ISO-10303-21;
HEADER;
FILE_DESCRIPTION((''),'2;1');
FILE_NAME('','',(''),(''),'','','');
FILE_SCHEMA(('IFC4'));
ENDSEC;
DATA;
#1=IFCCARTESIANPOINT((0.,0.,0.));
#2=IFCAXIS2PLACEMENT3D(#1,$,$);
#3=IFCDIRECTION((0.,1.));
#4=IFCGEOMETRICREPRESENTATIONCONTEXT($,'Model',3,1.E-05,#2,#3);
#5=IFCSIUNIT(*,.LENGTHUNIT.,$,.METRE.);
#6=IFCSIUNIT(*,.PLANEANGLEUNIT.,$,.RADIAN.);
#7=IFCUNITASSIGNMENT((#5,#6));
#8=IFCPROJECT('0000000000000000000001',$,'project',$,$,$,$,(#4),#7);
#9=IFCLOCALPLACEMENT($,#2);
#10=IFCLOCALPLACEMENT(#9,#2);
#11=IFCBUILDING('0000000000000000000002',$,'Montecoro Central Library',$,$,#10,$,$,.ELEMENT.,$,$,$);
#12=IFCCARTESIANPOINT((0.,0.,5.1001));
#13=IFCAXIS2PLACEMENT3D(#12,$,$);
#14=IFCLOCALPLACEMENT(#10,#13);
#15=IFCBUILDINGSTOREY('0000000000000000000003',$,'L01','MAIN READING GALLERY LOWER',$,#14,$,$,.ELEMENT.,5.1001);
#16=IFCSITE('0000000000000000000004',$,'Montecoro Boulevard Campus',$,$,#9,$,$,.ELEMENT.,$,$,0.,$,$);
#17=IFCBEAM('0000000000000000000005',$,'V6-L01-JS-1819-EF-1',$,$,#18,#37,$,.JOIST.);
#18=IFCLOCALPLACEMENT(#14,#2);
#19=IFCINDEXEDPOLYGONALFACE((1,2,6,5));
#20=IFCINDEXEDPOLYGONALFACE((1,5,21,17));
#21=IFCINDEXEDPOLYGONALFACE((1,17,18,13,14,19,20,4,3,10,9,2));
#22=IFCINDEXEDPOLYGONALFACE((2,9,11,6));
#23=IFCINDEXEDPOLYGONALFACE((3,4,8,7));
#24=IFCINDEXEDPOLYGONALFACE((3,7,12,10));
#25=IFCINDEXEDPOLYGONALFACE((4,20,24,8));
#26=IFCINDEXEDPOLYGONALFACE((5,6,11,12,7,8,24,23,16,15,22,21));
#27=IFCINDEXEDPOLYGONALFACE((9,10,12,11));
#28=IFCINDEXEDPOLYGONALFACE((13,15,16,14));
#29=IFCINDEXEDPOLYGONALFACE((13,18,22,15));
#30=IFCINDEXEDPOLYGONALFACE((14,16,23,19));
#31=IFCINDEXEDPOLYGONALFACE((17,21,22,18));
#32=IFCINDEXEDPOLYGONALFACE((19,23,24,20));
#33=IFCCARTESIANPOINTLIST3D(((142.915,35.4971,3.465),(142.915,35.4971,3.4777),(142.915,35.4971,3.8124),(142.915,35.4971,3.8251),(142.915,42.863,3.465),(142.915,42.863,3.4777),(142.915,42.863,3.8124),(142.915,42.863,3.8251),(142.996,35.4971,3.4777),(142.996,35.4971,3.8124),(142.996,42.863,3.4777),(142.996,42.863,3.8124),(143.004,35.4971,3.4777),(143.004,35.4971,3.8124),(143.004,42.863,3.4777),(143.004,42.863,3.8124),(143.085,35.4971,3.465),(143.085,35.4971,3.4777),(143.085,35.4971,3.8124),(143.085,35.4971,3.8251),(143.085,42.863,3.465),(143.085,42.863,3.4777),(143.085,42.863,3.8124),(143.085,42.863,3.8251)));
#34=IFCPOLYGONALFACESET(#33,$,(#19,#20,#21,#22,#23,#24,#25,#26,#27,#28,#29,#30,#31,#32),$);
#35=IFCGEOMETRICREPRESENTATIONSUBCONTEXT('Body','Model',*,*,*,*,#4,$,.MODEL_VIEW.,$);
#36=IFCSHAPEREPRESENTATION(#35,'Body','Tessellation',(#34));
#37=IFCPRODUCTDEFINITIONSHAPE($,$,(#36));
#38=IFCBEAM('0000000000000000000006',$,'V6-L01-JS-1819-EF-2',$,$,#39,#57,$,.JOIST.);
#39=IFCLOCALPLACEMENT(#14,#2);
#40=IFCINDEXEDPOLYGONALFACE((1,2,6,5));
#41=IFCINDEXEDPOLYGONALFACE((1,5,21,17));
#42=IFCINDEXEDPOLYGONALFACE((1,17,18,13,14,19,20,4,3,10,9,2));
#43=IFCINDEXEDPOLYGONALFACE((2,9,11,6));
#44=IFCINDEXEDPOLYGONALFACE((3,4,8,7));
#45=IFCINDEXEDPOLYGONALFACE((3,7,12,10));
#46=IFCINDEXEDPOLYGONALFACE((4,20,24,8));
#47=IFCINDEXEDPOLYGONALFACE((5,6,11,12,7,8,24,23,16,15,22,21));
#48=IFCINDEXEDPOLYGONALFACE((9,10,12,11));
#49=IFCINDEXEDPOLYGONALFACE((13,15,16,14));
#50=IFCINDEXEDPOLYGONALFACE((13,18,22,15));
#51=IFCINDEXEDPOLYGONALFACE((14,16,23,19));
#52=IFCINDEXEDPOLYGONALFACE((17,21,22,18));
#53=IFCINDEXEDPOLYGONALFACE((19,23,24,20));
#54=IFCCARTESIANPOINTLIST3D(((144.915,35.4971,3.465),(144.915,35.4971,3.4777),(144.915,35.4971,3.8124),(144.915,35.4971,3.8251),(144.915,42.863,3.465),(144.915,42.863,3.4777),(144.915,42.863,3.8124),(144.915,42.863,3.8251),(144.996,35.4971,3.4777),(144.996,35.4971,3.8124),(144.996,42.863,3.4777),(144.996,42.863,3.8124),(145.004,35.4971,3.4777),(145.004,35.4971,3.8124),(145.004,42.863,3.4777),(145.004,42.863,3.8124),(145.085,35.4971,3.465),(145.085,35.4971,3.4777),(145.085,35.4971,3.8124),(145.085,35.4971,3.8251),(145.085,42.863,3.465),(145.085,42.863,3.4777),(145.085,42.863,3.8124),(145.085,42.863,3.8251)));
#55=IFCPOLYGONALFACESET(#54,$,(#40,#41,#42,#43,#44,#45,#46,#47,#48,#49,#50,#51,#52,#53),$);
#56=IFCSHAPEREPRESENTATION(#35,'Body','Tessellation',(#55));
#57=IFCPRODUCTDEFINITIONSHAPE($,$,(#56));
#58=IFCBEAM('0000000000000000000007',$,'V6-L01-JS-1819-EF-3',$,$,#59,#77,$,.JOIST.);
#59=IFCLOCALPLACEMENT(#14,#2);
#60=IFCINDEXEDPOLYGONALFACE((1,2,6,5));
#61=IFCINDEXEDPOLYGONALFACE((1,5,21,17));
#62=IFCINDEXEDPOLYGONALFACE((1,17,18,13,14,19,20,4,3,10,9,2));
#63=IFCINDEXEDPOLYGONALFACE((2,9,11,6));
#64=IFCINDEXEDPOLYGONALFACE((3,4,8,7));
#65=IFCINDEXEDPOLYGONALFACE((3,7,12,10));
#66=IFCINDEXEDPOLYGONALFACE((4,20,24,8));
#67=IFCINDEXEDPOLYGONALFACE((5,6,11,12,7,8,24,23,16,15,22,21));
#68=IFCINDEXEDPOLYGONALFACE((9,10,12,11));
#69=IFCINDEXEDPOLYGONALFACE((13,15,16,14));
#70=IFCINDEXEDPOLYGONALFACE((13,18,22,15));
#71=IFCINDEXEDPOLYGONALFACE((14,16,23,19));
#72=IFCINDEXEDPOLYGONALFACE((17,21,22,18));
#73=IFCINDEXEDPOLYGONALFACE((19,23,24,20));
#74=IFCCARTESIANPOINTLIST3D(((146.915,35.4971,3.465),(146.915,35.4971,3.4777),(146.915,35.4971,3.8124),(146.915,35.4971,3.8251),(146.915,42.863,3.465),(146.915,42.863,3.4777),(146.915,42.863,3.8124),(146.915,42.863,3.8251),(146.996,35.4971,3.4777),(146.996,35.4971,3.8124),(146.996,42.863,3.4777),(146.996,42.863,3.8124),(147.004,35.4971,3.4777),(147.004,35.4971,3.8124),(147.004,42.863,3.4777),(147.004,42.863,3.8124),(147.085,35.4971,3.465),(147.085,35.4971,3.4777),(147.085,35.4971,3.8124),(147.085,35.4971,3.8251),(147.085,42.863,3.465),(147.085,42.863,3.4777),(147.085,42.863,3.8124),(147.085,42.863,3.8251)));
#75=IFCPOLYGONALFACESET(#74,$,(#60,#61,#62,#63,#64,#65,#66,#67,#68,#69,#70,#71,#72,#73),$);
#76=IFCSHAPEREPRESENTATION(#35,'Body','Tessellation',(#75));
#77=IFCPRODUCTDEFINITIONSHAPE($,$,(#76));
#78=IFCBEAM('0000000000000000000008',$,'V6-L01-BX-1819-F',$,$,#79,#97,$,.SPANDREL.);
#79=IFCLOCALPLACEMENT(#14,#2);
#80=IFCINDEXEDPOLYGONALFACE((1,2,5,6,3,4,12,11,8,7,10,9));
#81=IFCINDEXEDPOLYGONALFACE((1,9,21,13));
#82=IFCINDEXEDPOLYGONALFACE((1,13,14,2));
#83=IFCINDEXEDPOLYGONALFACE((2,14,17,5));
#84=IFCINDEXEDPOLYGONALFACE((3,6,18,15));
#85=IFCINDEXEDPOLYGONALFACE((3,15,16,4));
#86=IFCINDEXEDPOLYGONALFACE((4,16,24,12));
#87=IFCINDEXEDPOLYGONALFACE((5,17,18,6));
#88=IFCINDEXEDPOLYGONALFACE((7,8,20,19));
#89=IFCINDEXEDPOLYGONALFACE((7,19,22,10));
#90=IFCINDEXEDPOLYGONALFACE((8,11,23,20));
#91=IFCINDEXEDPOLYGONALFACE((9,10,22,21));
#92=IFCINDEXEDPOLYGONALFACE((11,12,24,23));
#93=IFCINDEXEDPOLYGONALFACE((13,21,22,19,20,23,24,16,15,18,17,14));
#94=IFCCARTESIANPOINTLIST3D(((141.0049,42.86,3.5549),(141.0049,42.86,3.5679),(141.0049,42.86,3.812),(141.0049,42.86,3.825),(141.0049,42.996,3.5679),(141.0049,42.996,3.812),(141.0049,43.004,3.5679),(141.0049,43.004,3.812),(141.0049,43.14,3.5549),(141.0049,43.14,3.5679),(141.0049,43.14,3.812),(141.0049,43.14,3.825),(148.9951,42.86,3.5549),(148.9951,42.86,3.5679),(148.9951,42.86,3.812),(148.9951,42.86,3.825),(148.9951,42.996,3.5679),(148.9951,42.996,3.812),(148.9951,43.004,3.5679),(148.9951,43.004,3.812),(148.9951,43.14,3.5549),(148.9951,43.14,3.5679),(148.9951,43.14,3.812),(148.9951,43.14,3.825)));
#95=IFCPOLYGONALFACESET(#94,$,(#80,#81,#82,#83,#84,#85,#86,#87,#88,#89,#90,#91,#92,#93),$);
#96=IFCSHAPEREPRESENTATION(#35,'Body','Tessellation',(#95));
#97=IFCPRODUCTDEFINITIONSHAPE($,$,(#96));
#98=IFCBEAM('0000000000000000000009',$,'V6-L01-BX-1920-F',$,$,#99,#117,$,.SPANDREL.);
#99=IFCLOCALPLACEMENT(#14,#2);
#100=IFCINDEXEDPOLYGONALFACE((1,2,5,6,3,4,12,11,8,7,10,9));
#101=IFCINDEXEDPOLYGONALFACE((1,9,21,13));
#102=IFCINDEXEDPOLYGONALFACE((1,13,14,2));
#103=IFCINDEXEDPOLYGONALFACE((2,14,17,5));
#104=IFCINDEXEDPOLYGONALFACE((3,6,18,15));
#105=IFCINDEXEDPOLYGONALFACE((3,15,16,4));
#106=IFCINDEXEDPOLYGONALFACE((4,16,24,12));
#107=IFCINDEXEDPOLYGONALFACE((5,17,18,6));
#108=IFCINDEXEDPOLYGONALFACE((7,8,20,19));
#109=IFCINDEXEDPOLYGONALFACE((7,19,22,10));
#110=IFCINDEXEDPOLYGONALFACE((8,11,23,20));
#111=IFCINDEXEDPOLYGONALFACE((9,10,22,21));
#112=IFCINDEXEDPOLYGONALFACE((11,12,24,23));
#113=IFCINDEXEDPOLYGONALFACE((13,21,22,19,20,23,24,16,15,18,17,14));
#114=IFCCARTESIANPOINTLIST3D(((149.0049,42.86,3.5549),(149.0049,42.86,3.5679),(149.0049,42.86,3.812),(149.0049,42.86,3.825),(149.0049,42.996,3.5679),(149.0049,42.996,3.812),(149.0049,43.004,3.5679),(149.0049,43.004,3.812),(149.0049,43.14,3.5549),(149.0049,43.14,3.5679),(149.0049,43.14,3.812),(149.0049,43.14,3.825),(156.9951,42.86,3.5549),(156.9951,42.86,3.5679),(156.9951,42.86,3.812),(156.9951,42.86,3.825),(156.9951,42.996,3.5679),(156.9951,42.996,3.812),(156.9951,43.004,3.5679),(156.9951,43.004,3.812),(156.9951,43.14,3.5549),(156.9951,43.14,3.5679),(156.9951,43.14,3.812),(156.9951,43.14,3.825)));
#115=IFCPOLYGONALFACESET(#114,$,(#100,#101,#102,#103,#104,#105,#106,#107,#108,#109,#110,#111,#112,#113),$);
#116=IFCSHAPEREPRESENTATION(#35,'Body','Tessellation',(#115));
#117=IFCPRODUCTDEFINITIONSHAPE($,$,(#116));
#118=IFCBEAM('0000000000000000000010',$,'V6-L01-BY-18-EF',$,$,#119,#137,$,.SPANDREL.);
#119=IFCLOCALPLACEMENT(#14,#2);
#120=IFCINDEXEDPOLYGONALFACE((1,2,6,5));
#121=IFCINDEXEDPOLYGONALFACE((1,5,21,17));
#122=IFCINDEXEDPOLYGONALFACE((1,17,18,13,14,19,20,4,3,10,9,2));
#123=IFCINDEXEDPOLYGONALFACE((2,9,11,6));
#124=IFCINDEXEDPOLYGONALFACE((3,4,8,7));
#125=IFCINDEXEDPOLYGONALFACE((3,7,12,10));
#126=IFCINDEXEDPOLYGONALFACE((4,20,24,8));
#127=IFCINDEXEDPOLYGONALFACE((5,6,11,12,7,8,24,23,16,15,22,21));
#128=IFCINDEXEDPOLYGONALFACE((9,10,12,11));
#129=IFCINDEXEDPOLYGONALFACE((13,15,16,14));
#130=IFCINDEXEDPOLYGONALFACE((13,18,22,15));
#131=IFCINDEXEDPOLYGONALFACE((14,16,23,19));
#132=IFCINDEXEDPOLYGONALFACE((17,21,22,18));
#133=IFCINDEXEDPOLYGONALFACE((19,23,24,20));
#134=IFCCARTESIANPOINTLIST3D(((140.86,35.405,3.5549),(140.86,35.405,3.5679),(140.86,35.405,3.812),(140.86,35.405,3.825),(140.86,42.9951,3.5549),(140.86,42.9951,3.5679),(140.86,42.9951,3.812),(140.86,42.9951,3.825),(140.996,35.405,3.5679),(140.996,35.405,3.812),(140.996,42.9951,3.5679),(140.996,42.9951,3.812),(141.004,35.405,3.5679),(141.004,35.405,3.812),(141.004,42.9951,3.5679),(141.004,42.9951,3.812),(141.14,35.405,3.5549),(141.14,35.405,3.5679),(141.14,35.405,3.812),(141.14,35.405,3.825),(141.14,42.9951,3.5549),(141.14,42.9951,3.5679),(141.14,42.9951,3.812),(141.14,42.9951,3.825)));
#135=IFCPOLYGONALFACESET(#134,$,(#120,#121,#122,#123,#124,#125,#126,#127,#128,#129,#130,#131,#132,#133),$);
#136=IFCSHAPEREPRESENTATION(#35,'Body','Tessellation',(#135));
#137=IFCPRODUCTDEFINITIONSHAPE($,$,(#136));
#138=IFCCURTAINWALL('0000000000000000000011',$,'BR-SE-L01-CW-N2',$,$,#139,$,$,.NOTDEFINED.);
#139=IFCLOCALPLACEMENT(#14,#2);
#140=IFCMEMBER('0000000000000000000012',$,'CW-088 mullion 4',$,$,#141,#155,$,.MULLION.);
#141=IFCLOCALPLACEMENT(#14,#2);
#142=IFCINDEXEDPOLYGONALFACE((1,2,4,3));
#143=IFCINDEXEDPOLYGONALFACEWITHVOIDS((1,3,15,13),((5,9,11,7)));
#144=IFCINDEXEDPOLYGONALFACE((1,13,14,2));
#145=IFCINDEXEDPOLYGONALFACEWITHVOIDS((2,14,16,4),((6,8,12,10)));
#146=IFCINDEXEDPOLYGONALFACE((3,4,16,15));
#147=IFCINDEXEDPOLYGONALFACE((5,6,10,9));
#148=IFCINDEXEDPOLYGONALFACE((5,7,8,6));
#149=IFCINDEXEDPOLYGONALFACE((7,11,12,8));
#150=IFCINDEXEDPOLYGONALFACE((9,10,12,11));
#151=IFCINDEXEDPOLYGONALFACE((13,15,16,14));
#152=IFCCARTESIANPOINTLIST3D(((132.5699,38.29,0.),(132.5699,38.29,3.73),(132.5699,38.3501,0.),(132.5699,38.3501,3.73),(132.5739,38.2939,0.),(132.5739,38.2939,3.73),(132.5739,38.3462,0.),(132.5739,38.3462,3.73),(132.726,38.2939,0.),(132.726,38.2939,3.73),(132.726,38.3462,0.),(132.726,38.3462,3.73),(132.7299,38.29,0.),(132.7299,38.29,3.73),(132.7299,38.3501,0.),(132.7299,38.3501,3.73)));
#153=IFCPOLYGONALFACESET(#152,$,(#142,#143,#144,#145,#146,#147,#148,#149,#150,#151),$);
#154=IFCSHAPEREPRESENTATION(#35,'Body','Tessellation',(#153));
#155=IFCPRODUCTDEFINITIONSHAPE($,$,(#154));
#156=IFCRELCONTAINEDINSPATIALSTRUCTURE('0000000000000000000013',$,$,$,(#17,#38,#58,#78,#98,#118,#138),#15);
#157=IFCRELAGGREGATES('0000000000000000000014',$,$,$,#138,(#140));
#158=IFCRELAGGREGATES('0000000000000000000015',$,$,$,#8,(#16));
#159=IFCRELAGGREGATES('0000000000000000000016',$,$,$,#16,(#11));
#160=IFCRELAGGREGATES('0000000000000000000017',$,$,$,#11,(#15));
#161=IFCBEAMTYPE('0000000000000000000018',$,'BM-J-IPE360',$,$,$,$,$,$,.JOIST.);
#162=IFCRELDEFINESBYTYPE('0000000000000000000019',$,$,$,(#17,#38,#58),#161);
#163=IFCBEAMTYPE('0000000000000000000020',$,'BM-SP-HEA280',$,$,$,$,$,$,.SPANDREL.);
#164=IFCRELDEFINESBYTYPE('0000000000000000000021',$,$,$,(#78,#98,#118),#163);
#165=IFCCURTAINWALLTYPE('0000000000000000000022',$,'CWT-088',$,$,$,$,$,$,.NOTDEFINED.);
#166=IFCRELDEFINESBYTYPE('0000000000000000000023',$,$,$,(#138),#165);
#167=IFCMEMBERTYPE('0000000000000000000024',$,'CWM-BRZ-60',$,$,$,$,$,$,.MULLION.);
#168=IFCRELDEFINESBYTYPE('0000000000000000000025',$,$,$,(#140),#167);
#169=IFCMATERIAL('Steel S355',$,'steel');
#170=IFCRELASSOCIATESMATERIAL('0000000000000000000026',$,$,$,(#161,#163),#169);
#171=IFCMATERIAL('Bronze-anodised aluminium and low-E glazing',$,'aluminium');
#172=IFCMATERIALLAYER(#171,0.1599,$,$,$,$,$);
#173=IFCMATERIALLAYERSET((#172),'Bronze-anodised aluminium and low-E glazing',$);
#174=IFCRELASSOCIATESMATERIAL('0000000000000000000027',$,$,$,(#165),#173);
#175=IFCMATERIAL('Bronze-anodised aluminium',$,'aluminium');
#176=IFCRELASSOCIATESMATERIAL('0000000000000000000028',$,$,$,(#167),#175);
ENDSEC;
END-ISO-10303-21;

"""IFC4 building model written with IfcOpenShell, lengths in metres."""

from ifc_helpers import new_model, si_unit, direction, frame, origin, origin_2d, place, context, subcontext, project, spatial, hollow_rectangle, i_section, extrude, material, layer, layer_set, material_profile, profile_set, type_object, element, aggregate, save


model = new_model("IFC4")

# Units and contexts
model_context = context("Model", 3, precision=1e-05, world=origin(), true_north=direction((0.0, 1.0)))
body_context = subcontext(model_context, "Body", "Model", "MODEL_VIEW")
ifc_project = project(units=[si_unit("LENGTHUNIT", "METRE"), si_unit("PLANEANGLEUNIT", "RADIAN")], contexts=[model_context])

# Site, building, storey
site_placement = place(None, origin())
site = spatial("IfcSite", under=ifc_project, at=site_placement, Name="Montecoro Boulevard Campus", CompositionType="ELEMENT", RefElevation=0.0)
building_placement = place(site_placement, origin())
building = spatial("IfcBuilding", under=site, at=building_placement, Name="Montecoro Central Library", CompositionType="ELEMENT")
storey_placement = place(building_placement, frame((0.0, 0.0, 5.1001)))
storey = spatial("IfcBuildingStorey", under=building, at=storey_placement, Name="L01", Description="MAIN READING GALLERY LOWER", CompositionType="ELEMENT", Elevation=5.1001)

# Shared definitions
ifc_material_1 = material(Name="Steel S355", Category="steel")

# Beams
ifc_material_profile_1 = material_profile(ifc_material_1, i_section(OverallWidth=0.1699, OverallDepth=0.3601, WebThickness=0.0081, FlangeThickness=0.0127, at=origin_2d()), Name="IPE 360")
ifc_profile_set_1 = profile_set([ifc_material_profile_1], Name="Steel S355")
beam_type_1 = type_object("IfcBeamType", Name="BM-J-IPE360", PredefinedType="JOIST", material=ifc_profile_set_1)
for number, where, z_axis, x_axis, name in (
    (1, (143.0, 35.4971, 3.645), (0.0, 1.0, 0.0), (-1.0, 0.0, 0.0), "V6-L01-JS-1819-EF-1"),
    (2, (145.0, 35.4971, 3.645), (0.0, 1.0, 0.0), (-1.0, 0.0, 0.0), "V6-L01-JS-1819-EF-2"),
    (3, (147.0, 35.4971, 3.645), (0.0, 1.0, 0.0), (-1.0, 0.0, 0.0), "V6-L01-JS-1819-EF-3"),
):
    element("IfcBeam", number, at=place(storey_placement, frame(where, z_axis=z_axis, x_axis=x_axis)), inside=storey, type_object=beam_type_1, Name=name, PredefinedType="JOIST", context=body_context, shape_type="SweptSolid", body=[
        extrude(i_section(OverallWidth=0.1699, OverallDepth=0.3601, WebThickness=0.0081, FlangeThickness=0.0127, at=origin_2d()), origin(), (0.0, 0.0, 1.0), 7.366),
    ])
ifc_material_profile_2 = material_profile(ifc_material_1, i_section(OverallWidth=0.28, OverallDepth=0.27, WebThickness=0.0081, FlangeThickness=0.0129, at=origin_2d()), Name="HEA 280")
ifc_profile_set_2 = profile_set([ifc_material_profile_2], Name="Steel S355")
beam_type_2 = type_object("IfcBeamType", Name="BM-SP-HEA280", PredefinedType="SPANDREL", material=ifc_profile_set_2)
for number, where, z_axis, x_axis, name in (
    (4, (141.0049, 43.0, 3.6899), (1.0, 0.0, 0.0), (0.0, 1.0, 0.0), "V6-L01-BX-1819-F"),
    (5, (149.0049, 43.0, 3.6899), (1.0, 0.0, 0.0), (0.0, 1.0, 0.0), "V6-L01-BX-1920-F"),
):
    element("IfcBeam", number, at=place(storey_placement, frame(where, z_axis=z_axis, x_axis=x_axis)), inside=storey, type_object=beam_type_2, Name=name, PredefinedType="SPANDREL", context=body_context, shape_type="SweptSolid", body=[
        extrude(i_section(OverallWidth=0.28, OverallDepth=0.27, WebThickness=0.0081, FlangeThickness=0.0129, at=origin_2d()), origin(), (0.0, 0.0, 1.0), 7.9902),
    ])
beam_1_placement = place(storey_placement, frame((141.0, 35.405, 3.6899), z_axis=(0.0, 1.0, 0.0), x_axis=(-1.0, 0.0, 0.0)))
element("IfcBeam", 6, at=beam_1_placement, inside=storey, type_object=beam_type_2, Name="V6-L01-BY-18-EF", PredefinedType="SPANDREL", context=body_context, shape_type="SweptSolid", body=[
    extrude(i_section(OverallWidth=0.28, OverallDepth=0.27, WebThickness=0.0081, FlangeThickness=0.0129, at=origin_2d()), origin(), (0.0, 0.0, 1.0), 7.5901),
])

# Curtain wall, member
ifc_material_2 = material(Name="Bronze-anodised aluminium and low-E glazing", Category="aluminium")
ifc_layer_1 = layer(ifc_material_2, 0.1599)
ifc_layer_set_1 = layer_set([ifc_layer_1], Name="Bronze-anodised aluminium and low-E glazing")
curtain_wall_type = type_object("IfcCurtainWallType", Name="CWT-088", PredefinedType="NOTDEFINED", material=ifc_layer_set_1)
curtain_wall_placement = place(storey_placement, origin())
curtain_wall = element("IfcCurtainWall", 7, at=curtain_wall_placement, inside=storey, type_object=curtain_wall_type, Name="BR-SE-L01-CW-N2", PredefinedType="NOTDEFINED")
ifc_material_3 = material(Name="Bronze-anodised aluminium", Category="aluminium")
ifc_material_profile_3 = material_profile(ifc_material_3, hollow_rectangle(XDim=0.0601, YDim=0.1599, WallThickness=0.0039, at=origin_2d()), Name="CWM 160x60x4.0")
ifc_profile_set_3 = profile_set([ifc_material_profile_3], Name="Bronze-anodised aluminium")
member_type_1 = type_object("IfcMemberType", Name="CWM-BRZ-60", PredefinedType="MULLION", material=ifc_profile_set_3)
member_1_placement = place(storey_placement, frame((132.6499, 38.3201, 0.0), z_axis=(0.0, 0.0, 1.0), x_axis=(0.0, 1.0, 0.0)))
member_1 = element("IfcMember", 8, at=member_1_placement, type_object=member_type_1, Name="CW-088 mullion 4", PredefinedType="MULLION", context=body_context, shape_type="SweptSolid", body=[
    extrude(hollow_rectangle(XDim=0.0601, YDim=0.1599, WallThickness=0.0039, at=origin_2d()), origin(), (0.0, 0.0, 1.0), 3.73),
])

aggregate(curtain_wall, [member_1])

save(model, "model.ifc")
